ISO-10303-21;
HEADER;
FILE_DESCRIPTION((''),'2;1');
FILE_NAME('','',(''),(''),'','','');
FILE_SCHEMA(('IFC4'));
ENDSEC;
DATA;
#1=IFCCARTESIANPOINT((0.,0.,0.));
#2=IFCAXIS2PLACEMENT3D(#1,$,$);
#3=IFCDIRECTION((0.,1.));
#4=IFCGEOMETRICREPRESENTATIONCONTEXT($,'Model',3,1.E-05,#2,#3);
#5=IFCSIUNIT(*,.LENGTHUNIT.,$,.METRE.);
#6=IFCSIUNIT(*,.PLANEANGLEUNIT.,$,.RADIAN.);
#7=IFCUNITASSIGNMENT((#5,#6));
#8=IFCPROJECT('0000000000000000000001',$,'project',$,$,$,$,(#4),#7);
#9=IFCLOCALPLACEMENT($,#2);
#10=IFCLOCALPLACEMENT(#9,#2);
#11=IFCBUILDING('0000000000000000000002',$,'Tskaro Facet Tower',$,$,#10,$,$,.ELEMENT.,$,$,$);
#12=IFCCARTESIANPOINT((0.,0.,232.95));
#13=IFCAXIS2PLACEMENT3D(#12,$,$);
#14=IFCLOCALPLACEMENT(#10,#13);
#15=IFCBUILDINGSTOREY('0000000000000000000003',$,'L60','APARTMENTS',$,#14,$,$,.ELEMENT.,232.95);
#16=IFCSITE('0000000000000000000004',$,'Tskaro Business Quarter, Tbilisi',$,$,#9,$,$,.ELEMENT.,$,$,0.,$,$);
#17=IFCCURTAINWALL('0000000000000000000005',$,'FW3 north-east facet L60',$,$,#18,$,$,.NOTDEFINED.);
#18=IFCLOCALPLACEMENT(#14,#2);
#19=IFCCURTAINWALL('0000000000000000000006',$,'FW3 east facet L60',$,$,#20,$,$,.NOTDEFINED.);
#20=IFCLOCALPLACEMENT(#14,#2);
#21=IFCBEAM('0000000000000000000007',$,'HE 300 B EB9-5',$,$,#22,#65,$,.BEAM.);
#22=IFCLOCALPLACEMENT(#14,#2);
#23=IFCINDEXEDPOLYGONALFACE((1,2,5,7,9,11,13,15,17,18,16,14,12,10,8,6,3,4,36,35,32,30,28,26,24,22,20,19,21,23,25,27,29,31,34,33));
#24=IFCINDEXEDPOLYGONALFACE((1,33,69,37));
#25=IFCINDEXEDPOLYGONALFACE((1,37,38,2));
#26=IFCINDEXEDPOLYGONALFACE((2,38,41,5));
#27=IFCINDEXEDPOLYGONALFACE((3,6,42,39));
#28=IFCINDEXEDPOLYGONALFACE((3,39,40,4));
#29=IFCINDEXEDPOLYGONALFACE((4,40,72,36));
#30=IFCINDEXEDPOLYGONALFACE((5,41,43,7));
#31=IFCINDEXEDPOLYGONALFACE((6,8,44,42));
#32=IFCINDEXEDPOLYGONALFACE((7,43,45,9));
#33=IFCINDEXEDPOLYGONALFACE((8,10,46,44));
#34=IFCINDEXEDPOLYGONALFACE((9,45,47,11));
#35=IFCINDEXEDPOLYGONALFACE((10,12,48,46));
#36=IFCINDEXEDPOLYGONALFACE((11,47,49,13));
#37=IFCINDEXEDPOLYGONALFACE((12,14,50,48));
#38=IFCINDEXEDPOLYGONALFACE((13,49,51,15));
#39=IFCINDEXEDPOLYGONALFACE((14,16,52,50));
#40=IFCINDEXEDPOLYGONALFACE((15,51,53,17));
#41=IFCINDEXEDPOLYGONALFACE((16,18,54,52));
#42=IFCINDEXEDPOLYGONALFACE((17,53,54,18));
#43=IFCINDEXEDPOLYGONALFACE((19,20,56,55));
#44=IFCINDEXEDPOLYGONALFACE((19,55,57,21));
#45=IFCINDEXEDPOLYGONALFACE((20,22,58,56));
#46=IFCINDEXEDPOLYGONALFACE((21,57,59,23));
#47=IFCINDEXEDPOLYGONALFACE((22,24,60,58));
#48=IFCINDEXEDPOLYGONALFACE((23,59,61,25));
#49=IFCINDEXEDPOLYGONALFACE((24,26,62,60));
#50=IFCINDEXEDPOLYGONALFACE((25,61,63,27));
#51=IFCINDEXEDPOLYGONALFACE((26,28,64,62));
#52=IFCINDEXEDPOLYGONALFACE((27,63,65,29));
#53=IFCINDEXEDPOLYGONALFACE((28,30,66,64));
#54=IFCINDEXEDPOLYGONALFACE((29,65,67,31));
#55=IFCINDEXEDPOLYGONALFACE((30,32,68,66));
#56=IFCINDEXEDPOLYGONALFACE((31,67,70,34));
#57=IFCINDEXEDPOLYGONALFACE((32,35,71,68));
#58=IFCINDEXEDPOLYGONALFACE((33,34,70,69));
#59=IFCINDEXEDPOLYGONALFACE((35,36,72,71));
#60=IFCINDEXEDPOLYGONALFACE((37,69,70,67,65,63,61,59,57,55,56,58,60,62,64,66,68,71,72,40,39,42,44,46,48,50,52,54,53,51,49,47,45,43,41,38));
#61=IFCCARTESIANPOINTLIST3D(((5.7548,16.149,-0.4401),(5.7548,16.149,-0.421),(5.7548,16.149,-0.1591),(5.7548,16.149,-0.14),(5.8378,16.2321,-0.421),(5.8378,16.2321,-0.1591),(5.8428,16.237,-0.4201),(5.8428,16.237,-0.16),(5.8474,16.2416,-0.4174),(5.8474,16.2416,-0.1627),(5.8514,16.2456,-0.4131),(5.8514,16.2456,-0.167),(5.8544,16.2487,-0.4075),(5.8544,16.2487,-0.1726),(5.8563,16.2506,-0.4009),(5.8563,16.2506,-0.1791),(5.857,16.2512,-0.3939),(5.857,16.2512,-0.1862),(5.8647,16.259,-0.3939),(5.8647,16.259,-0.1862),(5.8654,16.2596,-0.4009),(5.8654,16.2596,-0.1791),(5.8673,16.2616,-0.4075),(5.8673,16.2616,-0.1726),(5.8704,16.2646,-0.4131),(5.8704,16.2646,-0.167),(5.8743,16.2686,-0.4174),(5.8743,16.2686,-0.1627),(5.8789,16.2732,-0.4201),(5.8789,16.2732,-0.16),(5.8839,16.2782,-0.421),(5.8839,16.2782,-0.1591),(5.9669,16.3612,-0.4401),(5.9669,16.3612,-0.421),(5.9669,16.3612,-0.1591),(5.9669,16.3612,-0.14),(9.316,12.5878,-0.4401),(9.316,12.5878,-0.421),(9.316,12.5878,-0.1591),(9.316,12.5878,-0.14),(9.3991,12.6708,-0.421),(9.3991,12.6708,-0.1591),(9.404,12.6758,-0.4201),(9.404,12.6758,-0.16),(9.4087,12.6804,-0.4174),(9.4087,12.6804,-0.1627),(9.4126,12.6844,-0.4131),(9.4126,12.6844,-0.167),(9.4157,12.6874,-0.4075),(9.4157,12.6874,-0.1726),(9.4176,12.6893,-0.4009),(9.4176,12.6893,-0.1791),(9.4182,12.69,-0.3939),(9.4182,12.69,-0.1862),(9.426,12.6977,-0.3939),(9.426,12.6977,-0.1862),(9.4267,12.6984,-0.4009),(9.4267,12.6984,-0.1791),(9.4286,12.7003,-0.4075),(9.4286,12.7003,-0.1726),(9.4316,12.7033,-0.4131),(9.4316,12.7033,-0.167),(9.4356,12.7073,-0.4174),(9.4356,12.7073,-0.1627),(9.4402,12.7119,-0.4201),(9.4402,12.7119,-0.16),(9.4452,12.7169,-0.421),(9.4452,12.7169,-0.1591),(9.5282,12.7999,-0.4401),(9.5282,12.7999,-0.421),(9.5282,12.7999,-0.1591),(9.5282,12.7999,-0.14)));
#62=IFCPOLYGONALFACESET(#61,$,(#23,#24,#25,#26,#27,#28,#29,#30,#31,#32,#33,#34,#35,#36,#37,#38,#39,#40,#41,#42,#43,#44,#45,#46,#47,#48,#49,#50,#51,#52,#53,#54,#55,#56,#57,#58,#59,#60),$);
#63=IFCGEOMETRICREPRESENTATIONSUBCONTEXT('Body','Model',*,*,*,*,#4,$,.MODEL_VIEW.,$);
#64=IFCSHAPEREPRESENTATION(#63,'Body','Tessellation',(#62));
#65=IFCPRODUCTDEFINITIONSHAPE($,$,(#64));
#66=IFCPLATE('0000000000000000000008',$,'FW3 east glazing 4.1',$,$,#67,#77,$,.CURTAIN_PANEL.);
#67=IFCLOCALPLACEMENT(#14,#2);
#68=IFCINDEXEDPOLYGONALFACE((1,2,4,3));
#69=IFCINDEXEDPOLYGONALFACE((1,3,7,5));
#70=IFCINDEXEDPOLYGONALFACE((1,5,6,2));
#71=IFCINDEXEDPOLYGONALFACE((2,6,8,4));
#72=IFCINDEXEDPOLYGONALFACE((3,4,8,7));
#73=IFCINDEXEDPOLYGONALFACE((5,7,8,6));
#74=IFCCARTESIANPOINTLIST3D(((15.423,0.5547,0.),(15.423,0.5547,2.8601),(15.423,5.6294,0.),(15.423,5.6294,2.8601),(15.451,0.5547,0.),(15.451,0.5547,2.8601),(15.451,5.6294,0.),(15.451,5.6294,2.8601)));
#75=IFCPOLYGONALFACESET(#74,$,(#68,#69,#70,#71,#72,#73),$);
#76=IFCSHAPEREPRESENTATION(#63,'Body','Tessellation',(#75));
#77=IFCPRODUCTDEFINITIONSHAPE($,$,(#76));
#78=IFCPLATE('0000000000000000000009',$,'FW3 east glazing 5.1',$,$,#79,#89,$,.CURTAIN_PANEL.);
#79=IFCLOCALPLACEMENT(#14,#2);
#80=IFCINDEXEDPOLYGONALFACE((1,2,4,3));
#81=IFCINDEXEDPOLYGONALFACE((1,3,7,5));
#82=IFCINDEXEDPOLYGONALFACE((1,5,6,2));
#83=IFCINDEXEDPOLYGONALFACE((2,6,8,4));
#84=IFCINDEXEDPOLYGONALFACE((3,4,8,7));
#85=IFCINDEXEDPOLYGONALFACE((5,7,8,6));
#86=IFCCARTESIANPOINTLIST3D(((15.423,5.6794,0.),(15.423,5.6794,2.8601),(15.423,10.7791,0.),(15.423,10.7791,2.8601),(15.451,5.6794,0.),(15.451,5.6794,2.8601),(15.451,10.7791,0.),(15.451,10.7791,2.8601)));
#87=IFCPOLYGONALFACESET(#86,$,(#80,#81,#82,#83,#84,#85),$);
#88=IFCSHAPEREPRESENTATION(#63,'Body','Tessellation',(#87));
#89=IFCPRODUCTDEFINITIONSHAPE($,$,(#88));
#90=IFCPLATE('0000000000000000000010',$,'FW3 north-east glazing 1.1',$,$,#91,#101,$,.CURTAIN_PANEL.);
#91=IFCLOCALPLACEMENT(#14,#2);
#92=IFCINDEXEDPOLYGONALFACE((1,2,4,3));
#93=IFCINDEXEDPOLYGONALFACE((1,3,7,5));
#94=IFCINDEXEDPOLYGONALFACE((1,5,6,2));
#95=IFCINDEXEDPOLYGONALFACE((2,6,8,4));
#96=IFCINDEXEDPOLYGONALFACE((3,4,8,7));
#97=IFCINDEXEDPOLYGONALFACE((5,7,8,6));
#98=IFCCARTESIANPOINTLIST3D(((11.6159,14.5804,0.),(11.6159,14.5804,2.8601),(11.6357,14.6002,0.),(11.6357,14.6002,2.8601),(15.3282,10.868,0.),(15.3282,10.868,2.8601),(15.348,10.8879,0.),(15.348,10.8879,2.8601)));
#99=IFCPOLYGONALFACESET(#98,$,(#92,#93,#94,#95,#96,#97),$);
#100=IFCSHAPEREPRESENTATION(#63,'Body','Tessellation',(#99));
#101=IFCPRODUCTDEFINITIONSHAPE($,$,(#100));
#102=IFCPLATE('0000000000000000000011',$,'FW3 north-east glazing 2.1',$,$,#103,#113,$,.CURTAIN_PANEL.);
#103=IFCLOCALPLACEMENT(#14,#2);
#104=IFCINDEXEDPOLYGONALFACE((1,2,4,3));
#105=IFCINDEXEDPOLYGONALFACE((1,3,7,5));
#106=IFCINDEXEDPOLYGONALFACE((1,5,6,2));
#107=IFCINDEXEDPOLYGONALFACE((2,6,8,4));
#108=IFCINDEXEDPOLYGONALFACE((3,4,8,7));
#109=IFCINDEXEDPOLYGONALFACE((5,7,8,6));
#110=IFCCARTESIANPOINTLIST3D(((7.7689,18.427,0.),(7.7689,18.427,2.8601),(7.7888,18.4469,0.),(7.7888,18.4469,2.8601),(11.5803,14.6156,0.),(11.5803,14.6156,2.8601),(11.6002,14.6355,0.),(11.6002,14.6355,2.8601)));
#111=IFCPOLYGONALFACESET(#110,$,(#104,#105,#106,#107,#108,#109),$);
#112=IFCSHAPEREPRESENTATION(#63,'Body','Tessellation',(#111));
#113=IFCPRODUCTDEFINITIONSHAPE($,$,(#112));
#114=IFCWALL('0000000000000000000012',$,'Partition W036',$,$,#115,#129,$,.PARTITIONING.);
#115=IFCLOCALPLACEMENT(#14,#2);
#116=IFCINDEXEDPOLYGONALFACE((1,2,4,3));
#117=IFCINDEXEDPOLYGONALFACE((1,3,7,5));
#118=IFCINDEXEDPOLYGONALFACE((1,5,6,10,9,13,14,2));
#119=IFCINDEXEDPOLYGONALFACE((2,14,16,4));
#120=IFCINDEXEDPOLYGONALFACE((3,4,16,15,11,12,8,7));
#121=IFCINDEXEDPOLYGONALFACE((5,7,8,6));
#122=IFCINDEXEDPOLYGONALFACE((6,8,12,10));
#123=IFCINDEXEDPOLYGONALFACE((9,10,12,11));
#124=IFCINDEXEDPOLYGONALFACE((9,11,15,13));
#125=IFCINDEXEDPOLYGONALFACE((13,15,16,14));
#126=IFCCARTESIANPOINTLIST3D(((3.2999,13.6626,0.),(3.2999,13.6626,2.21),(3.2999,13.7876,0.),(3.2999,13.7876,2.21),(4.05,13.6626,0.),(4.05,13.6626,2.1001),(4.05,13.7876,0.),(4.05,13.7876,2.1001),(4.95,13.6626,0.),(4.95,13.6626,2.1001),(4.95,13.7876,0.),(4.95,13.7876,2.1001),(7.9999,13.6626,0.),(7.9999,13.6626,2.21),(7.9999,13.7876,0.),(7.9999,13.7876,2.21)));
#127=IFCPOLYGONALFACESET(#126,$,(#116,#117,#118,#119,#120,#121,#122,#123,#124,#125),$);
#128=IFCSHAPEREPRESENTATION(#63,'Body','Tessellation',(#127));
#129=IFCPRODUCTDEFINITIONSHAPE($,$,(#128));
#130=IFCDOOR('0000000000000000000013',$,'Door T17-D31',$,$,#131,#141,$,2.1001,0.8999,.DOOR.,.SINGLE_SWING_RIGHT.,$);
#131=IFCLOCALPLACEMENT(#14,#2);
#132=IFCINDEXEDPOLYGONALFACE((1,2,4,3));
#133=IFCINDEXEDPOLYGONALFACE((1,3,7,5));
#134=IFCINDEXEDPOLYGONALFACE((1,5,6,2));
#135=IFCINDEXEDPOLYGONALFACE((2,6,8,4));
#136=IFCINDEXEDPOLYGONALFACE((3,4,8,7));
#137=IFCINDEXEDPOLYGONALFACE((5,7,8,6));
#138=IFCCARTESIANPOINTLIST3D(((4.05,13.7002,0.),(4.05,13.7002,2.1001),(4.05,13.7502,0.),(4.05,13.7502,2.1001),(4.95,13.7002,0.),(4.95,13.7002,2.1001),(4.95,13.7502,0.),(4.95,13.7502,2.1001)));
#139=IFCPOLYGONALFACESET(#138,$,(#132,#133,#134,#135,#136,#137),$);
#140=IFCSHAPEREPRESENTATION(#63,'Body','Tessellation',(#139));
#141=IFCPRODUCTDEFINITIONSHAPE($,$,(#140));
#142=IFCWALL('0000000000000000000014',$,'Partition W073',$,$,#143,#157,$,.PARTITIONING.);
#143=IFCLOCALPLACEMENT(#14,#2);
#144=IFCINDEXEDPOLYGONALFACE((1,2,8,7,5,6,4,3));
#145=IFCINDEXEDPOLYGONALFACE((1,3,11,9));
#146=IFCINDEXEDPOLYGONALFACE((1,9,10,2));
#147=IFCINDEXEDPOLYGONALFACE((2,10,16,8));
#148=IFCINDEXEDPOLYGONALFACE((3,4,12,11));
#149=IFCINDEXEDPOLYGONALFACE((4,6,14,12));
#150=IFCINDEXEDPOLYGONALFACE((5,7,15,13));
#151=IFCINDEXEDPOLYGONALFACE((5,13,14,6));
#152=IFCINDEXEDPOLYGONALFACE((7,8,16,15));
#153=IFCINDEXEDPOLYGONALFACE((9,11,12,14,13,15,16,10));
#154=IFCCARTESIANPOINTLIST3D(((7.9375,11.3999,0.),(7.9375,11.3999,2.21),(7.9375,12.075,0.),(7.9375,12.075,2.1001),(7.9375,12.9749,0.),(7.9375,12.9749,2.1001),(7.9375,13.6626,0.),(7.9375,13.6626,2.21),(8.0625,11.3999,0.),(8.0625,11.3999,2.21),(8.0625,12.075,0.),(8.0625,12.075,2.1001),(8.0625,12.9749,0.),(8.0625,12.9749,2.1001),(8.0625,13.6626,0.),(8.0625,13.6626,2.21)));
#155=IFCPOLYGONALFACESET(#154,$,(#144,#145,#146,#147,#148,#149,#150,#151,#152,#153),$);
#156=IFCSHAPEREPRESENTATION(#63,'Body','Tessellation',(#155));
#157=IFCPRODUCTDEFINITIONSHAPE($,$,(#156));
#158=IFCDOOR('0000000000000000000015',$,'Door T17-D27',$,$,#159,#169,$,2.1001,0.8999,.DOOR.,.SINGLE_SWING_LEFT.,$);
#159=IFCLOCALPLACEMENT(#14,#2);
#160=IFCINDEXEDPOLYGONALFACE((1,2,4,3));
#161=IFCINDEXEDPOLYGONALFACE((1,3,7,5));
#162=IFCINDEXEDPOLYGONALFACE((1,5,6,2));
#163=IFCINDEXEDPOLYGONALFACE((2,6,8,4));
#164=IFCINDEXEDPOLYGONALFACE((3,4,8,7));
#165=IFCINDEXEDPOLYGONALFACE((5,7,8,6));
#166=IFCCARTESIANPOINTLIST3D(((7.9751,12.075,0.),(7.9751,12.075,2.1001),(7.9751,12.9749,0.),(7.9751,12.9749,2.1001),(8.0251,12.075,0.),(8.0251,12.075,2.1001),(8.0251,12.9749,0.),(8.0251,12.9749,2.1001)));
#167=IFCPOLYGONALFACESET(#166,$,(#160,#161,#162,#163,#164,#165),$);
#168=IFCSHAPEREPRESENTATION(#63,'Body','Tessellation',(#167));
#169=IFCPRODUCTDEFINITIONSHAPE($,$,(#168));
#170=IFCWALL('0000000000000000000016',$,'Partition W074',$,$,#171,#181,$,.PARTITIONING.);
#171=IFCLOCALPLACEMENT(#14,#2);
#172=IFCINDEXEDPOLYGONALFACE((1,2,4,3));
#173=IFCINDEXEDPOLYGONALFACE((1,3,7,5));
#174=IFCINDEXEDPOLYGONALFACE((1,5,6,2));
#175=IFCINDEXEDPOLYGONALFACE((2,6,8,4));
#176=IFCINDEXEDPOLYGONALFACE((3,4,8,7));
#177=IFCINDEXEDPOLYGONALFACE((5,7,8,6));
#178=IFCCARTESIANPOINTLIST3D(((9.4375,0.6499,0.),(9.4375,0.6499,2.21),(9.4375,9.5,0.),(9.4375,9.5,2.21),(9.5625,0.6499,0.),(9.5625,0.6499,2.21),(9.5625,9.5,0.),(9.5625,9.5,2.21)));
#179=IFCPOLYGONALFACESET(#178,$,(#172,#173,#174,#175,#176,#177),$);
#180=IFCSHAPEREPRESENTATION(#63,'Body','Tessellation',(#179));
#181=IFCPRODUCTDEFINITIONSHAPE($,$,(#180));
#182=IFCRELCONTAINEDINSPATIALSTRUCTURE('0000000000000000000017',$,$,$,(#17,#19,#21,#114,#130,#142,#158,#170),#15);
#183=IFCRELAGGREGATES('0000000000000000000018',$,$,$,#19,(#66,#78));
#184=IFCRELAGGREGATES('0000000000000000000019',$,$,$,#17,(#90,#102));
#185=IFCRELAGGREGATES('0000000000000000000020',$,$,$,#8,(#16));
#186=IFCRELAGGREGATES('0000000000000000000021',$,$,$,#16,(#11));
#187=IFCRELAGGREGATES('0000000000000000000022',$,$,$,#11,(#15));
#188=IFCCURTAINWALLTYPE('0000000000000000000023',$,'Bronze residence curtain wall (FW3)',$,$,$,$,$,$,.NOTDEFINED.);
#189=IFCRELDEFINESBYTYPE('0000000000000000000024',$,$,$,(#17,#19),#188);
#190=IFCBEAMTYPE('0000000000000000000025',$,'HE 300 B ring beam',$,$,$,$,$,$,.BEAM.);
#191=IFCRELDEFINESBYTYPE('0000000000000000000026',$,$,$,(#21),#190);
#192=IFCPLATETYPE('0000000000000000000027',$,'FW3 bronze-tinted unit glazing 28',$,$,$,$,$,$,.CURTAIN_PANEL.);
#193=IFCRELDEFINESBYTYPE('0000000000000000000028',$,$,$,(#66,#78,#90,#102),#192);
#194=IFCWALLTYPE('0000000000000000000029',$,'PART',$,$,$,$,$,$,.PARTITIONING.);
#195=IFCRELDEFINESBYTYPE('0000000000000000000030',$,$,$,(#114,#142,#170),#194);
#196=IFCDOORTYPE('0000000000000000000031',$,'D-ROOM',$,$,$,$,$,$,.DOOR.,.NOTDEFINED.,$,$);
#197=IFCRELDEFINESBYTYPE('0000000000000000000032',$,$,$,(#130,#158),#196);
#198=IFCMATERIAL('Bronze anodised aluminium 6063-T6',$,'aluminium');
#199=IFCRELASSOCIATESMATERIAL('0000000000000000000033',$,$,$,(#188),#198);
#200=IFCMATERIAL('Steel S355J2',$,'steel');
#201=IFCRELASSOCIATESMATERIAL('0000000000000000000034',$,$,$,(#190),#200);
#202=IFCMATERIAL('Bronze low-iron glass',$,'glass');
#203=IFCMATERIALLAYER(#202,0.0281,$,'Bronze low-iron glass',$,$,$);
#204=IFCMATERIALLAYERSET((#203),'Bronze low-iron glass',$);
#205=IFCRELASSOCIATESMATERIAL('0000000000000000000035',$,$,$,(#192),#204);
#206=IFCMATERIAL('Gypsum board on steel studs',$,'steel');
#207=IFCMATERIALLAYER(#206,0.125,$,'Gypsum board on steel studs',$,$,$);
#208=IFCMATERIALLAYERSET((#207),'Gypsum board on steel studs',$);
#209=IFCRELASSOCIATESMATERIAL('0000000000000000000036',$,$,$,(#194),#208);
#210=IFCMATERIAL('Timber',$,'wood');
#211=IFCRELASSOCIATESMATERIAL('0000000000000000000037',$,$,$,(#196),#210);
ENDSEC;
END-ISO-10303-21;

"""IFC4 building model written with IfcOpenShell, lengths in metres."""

from ifc_helpers import new_model, si_unit, direction, frame, frame_2d, origin, origin_2d, place, context, subcontext, project, spatial, rectangle, i_section, extrude, material, layer, layer_set, material_profile, profile_set, type_object, element, fill, aggregate, save


model = new_model("IFC4")

# Units and contexts
model_context = context("Model", 3, precision=1e-05, world=origin(), true_north=direction((0.0, 1.0)))
body_context = subcontext(model_context, "Body", "Model", "MODEL_VIEW")
ifc_project = project(units=[si_unit("LENGTHUNIT", "METRE"), si_unit("PLANEANGLEUNIT", "RADIAN")], contexts=[model_context])

# Site, building, storey
site_placement = place(None, origin())
site = spatial("IfcSite", under=ifc_project, at=site_placement, Name="Tskaro Business Quarter, Tbilisi", CompositionType="ELEMENT", RefElevation=0.0)
building_placement = place(site_placement, origin())
building = spatial("IfcBuilding", under=site, at=building_placement, Name="Tskaro Facet Tower", CompositionType="ELEMENT")
storey_placement = place(building_placement, frame((0.0, 0.0, 232.95)))
storey = spatial("IfcBuildingStorey", under=building, at=storey_placement, Name="L60", Description="APARTMENTS", CompositionType="ELEMENT", Elevation=232.95)

# Shared definitions
ifc_material_1 = material(Name="Steel S355J2", Category="steel")

# Curtain wall
ifc_material_2 = material(Name="Bronze anodised aluminium 6063-T6", Category="aluminium")
curtain_wall_type = type_object("IfcCurtainWallType", Name="Bronze residence curtain wall (FW3)", PredefinedType="NOTDEFINED", material=ifc_material_2)
curtain_wall_1_placement = place(storey_placement, origin())
curtain_wall_1 = element("IfcCurtainWall", 1, at=curtain_wall_1_placement, inside=storey, type_object=curtain_wall_type, Name="FW3 north-east facet L60", PredefinedType="NOTDEFINED")

# Curtain wall
curtain_wall_2_placement = place(storey_placement, origin())
curtain_wall_2 = element("IfcCurtainWall", 2, at=curtain_wall_2_placement, inside=storey, type_object=curtain_wall_type, Name="FW3 east facet L60", PredefinedType="NOTDEFINED")

# Beam
ifc_material_profile_1 = material_profile(ifc_material_1, i_section(OverallWidth=0.3, OverallDepth=0.3, WebThickness=0.011, FlangeThickness=0.019, FilletRadius=0.0271, at=origin_2d()), Name="HE 300 B")
ifc_profile_set_1 = profile_set([ifc_material_profile_1], Name="Steel S355J2")
beam_type = type_object("IfcBeamType", Name="HE 300 B ring beam", PredefinedType="BEAM", material=ifc_profile_set_1)
for number, where, z_axis, x_axis, name in (
    (3, (9.4221, 12.6938, -0.29), (-0.707107, 0.707107, 0.0), (-0.707107, -0.707107, 0.0), "HE 300 B EB9-5"),
):
    element("IfcBeam", number, at=place(storey_placement, frame(where, z_axis=z_axis, x_axis=x_axis)), inside=storey, type_object=beam_type, Name=name, PredefinedType="BEAM", context=body_context, shape_type="SweptSolid", body=[
        extrude(i_section(OverallWidth=0.3, OverallDepth=0.3, WebThickness=0.011, FlangeThickness=0.019, FilletRadius=0.0271, at=origin_2d()), origin(), (0.0, 0.0, 1.0), 5.0364),
    ])

# Plates
ifc_material_3 = material(Name="Bronze low-iron glass", Category="glass")
ifc_layer_1 = layer(ifc_material_3, 0.0281, Name="Bronze low-iron glass")
ifc_layer_set_1 = layer_set([ifc_layer_1], Name="Bronze low-iron glass")
plate_type = type_object("IfcPlateType", Name="FW3 bronze-tinted unit glazing 28", PredefinedType="CURTAIN_PANEL", material=ifc_layer_set_1)
plate_1_placement = place(storey_placement, frame((15.437, 3.092, 0.0), z_axis=(0.0, 0.0, 1.0), x_axis=(0.0, 1.0, 0.0)))
plate_1 = element("IfcPlate", 4, at=plate_1_placement, type_object=plate_type, Name="FW3 east glazing 4.1", PredefinedType="CURTAIN_PANEL", context=body_context, shape_type="SweptSolid", body=[
    extrude(rectangle(XDim=5.0747, YDim=0.0281, at=origin_2d()), origin(), (0.0, 0.0, 1.0), 2.8601),
])
plate_2_placement = place(storey_placement, frame((15.437, 8.2292, 0.0), z_axis=(0.0, 0.0, 1.0), x_axis=(0.0, 1.0, 0.0)))
plate_2 = element("IfcPlate", 5, at=plate_2_placement, type_object=plate_type, Name="FW3 east glazing 5.1", PredefinedType="CURTAIN_PANEL", context=body_context, shape_type="SweptSolid", body=[
    extrude(rectangle(XDim=5.0996, YDim=0.0281, at=origin_2d()), origin(), (0.0, 0.0, 1.0), 2.8601),
])
aggregate(curtain_wall_2, [plate_1, plate_2])
plate_3_placement = place(storey_placement, frame((13.4819, 12.7341, 0.0), z_axis=(0.0, 0.0, 1.0), x_axis=(-0.707107, 0.707107, 0.0)))
plate_3 = element("IfcPlate", 6, at=plate_3_placement, type_object=plate_type, Name="FW3 north-east glazing 1.1", PredefinedType="CURTAIN_PANEL", context=body_context, shape_type="SweptSolid", body=[
    extrude(rectangle(XDim=5.25, YDim=0.0281, at=origin_2d()), origin(), (0.0, 0.0, 1.0), 2.8601),
])
plate_4_placement = place(storey_placement, frame((9.6846, 16.5312, 0.0), z_axis=(0.0, 0.0, 1.0), x_axis=(-0.707107, 0.707107, 0.0)))
plate_4 = element("IfcPlate", 7, at=plate_4_placement, type_object=plate_type, Name="FW3 north-east glazing 2.1", PredefinedType="CURTAIN_PANEL", context=body_context, shape_type="SweptSolid", body=[
    extrude(rectangle(XDim=5.3901, YDim=0.0281, at=origin_2d()), origin(), (0.0, 0.0, 1.0), 2.8601),
])
aggregate(curtain_wall_1, [plate_3, plate_4])

# Walls, openings, doors
ifc_material_4 = material(Name="Gypsum board on steel studs", Category="steel")
ifc_layer_2 = layer(ifc_material_4, 0.125, Name="Gypsum board on steel studs")
ifc_layer_set_2 = layer_set([ifc_layer_2], Name="Gypsum board on steel studs")
wall_type_1 = type_object("IfcWallType", Name="PART", PredefinedType="PARTITIONING", material=ifc_layer_set_2)
wall_1_placement = place(storey_placement, frame((8.0, 13.7251, 0.0), z_axis=(0.0, 0.0, 1.0), x_axis=(-1.0, 0.0, 0.0)))
wall_1 = element("IfcWall", 8, at=wall_1_placement, inside=storey, type_object=wall_type_1, Name="Partition W036", PredefinedType="PARTITIONING", context=body_context, shape_type="SweptSolid", body=[
    extrude(rectangle(XDim=4.7, YDim=0.125, at=frame_2d((2.3501, 0.0))), origin(), (0.0, 0.0, 1.0), 2.21),
])
opening_1_placement = place(wall_1_placement, frame((3.05, 0.0, 0.0)))
opening_1 = element("IfcOpeningElement", 9, at=opening_1_placement, cuts=wall_1, PredefinedType="OPENING", context=body_context, shape_type="SweptSolid", body=[
    extrude(rectangle(XDim=0.8999, YDim=2.1001, at=frame_2d((0.45, 1.05))), frame((0.0, 0.0725, 0.0), z_axis=(0.0, -1.0, 0.0), x_axis=(1.0, 0.0, 0.0)), (0.0, 0.0, 1.0), 0.145),
])
ifc_material_5 = material(Name="Timber", Category="wood")
door_type_1 = type_object("IfcDoorType", Name="D-ROOM", OperationType="NOTDEFINED", PredefinedType="DOOR", material=ifc_material_5)
door_1_placement = place(opening_1_placement, origin())
door_1 = element("IfcDoor", 10, at=door_1_placement, inside=storey, type_object=door_type_1, Name="Door T17-D31", OperationType="SINGLE_SWING_RIGHT", OverallHeight=2.1001, OverallWidth=0.8999, PredefinedType="DOOR", context=body_context, shape_type="SweptSolid", body=[
    extrude(rectangle(XDim=0.8999, YDim=2.1001, at=frame_2d((0.45, 1.05))), frame((0.0, 0.0249, 0.0), z_axis=(0.0, -1.0, 0.0), x_axis=(1.0, 0.0, 0.0)), (0.0, 0.0, 1.0), 0.05),
])
fill(opening_1, door_1)
wall_2_placement = place(storey_placement, frame((8.0, 11.3999, 0.0), z_axis=(0.0, 0.0, 1.0), x_axis=(0.0, 1.0, 0.0)))
wall_2 = element("IfcWall", 11, at=wall_2_placement, inside=storey, type_object=wall_type_1, Name="Partition W073", PredefinedType="PARTITIONING", context=body_context, shape_type="SweptSolid", body=[
    extrude(rectangle(XDim=2.2627, YDim=0.125, at=frame_2d((1.1313, 0.0))), origin(), (0.0, 0.0, 1.0), 2.21),
])
opening_2_placement = place(wall_2_placement, frame((0.675, 0.0, 0.0)))
opening_2 = element("IfcOpeningElement", 12, at=opening_2_placement, cuts=wall_2, PredefinedType="OPENING", context=body_context, shape_type="SweptSolid", body=[
    extrude(rectangle(XDim=0.8999, YDim=2.1001, at=frame_2d((0.45, 1.05))), frame((0.0, 0.0725, 0.0), z_axis=(0.0, -1.0, 0.0), x_axis=(1.0, 0.0, 0.0)), (0.0, 0.0, 1.0), 0.145),
])
door_2_placement = place(opening_2_placement, origin())
door_2 = element("IfcDoor", 13, at=door_2_placement, inside=storey, type_object=door_type_1, Name="Door T17-D27", OperationType="SINGLE_SWING_LEFT", OverallHeight=2.1001, OverallWidth=0.8999, PredefinedType="DOOR", context=body_context, shape_type="SweptSolid", body=[
    extrude(rectangle(XDim=0.8999, YDim=2.1001, at=frame_2d((0.45, 1.05))), frame((0.0, 0.0249, 0.0), z_axis=(0.0, -1.0, 0.0), x_axis=(1.0, 0.0, 0.0)), (0.0, 0.0, 1.0), 0.05),
])
fill(opening_2, door_2)

# Wall
wall_3_placement = place(storey_placement, frame((9.5, 0.6499, 0.0), z_axis=(0.0, 0.0, 1.0), x_axis=(0.0, 1.0, 0.0)))
element("IfcWall", 14, at=wall_3_placement, inside=storey, type_object=wall_type_1, Name="Partition W074", PredefinedType="PARTITIONING", context=body_context, shape_type="SweptSolid", body=[
    extrude(rectangle(XDim=8.8501, YDim=0.125, at=frame_2d((4.425, 0.0))), origin(), (0.0, 0.0, 1.0), 2.21),
])

save(model, "model.ifc")
